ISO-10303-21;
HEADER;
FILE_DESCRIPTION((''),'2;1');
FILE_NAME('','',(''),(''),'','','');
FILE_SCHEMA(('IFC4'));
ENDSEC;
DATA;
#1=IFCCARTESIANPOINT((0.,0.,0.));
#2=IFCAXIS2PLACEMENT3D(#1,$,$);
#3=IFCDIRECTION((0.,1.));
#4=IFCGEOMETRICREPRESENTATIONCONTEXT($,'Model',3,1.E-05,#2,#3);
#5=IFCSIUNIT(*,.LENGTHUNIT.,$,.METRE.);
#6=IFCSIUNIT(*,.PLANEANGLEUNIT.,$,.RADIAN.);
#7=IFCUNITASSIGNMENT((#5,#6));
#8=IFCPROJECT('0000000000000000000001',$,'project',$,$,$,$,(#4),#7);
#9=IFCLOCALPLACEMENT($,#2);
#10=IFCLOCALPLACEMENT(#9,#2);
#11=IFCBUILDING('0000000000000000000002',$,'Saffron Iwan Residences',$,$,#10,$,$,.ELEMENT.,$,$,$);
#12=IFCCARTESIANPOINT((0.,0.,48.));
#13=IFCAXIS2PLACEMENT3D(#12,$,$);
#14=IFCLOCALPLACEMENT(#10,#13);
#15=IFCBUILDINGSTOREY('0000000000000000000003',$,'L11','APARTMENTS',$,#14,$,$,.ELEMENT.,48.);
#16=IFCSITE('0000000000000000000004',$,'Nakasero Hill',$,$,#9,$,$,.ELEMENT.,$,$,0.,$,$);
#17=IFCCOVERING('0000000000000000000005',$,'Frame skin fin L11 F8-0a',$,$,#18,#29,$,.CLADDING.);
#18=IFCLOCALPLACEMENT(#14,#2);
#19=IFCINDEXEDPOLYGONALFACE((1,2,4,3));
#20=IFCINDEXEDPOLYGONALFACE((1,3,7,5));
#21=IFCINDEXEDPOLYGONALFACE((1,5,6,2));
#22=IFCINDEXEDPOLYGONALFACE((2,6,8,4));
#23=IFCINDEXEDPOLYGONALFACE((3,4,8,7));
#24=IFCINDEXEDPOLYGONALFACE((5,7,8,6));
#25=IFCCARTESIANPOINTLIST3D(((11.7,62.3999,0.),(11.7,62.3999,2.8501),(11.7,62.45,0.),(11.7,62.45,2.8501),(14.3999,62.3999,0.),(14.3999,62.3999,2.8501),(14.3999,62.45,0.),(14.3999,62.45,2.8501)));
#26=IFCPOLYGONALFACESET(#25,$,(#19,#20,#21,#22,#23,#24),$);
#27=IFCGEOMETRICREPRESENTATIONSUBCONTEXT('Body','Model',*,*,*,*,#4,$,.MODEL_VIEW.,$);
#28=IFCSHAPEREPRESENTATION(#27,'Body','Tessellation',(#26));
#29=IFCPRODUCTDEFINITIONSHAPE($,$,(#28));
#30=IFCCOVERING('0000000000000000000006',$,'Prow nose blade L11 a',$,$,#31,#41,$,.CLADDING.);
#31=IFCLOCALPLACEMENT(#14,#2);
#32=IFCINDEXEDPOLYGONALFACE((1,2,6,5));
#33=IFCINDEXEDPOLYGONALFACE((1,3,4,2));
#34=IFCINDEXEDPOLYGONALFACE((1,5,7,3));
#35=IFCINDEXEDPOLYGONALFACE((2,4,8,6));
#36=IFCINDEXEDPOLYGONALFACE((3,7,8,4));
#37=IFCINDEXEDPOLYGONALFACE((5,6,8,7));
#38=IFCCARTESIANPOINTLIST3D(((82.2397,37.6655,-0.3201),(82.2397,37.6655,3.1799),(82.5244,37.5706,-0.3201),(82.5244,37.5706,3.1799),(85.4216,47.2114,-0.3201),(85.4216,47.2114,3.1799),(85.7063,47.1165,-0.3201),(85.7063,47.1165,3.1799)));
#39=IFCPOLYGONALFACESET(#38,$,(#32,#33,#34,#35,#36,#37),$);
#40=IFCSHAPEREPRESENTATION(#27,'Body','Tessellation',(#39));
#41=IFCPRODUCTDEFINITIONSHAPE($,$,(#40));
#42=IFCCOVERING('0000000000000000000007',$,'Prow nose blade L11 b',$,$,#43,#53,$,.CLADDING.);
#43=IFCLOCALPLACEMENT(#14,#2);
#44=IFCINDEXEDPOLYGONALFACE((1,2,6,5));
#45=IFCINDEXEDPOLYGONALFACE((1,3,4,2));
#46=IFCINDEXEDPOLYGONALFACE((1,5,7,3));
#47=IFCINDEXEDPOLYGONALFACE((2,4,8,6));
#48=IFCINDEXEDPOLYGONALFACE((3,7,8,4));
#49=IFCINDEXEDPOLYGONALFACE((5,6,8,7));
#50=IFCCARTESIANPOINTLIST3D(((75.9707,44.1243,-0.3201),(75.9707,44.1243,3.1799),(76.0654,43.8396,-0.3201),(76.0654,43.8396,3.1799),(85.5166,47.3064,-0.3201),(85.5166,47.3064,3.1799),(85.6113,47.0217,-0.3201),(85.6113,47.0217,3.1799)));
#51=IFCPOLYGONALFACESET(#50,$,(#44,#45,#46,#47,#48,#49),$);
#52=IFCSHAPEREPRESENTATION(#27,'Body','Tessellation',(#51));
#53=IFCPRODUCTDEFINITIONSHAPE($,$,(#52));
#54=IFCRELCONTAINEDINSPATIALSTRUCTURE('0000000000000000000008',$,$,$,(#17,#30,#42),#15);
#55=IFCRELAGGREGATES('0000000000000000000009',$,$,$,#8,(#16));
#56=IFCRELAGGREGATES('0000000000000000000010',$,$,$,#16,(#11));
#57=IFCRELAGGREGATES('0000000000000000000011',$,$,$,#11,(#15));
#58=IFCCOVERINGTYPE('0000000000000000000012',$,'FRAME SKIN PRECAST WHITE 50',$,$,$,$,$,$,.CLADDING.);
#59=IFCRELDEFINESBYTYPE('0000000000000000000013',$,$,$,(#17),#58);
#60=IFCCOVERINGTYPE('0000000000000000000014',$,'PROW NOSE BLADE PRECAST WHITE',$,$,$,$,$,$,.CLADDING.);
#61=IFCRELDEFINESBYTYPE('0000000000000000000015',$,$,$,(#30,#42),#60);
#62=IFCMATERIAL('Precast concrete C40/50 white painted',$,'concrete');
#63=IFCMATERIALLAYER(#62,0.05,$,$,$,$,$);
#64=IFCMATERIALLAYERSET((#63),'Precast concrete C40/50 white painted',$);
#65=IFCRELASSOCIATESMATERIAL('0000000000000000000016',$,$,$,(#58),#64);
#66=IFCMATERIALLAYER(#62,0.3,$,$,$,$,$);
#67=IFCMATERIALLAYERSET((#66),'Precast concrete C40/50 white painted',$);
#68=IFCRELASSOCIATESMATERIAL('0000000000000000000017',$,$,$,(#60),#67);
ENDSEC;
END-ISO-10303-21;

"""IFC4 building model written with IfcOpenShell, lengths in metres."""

from ifc_helpers import new_model, si_unit, direction, frame, origin, place, context, subcontext, project, spatial, polyline, outline, extrude, material, layer, layer_set, type_object, element, save


model = new_model("IFC4")

# Units and contexts
model_context = context("Model", 3, precision=1e-05, world=origin(), true_north=direction((0.0, 1.0)))
body_context = subcontext(model_context, "Body", "Model", "MODEL_VIEW")
ifc_project = project(units=[si_unit("LENGTHUNIT", "METRE"), si_unit("PLANEANGLEUNIT", "RADIAN")], contexts=[model_context])

# Site, building, storey
site_placement = place(None, origin())
site = spatial("IfcSite", under=ifc_project, at=site_placement, Name="Nakasero Hill", CompositionType="ELEMENT", RefElevation=0.0)
building_placement = place(site_placement, origin())
building = spatial("IfcBuilding", under=site, at=building_placement, Name="Saffron Iwan Residences", CompositionType="ELEMENT")
storey_placement = place(building_placement, frame((0.0, 0.0, 48.0)))
storey = spatial("IfcBuildingStorey", under=building, at=storey_placement, Name="L11", Description="APARTMENTS", CompositionType="ELEMENT", Elevation=48.0)

# Coverings
ifc_material_1 = material(Name="Precast concrete C40/50 white painted", Category="concrete")
ifc_layer_1 = layer(ifc_material_1, 0.05)
ifc_layer_set_1 = layer_set([ifc_layer_1], Name="Precast concrete C40/50 white painted")
covering_type_1 = type_object("IfcCoveringType", Name="FRAME SKIN PRECAST WHITE 50", PredefinedType="CLADDING", material=ifc_layer_set_1)
covering_1_placement = place(storey_placement, origin())
element("IfcCovering", 1, at=covering_1_placement, inside=storey, type_object=covering_type_1, Name="Frame skin fin L11 F8-0a", PredefinedType="CLADDING", context=body_context, shape_type="SweptSolid", body=[
    extrude(outline(polyline([(11.7, 62.45), (11.7, 62.3999), (14.3999, 62.3999), (14.3999, 62.45), (11.7, 62.45)])), origin(), (0.0, 0.0, 1.0), 2.8501),
])
ifc_layer_2 = layer(ifc_material_1, 0.3)
ifc_layer_set_2 = layer_set([ifc_layer_2], Name="Precast concrete C40/50 white painted")
covering_type_2 = type_object("IfcCoveringType", Name="PROW NOSE BLADE PRECAST WHITE", PredefinedType="CLADDING", material=ifc_layer_set_2)
covering_2_placement = place(storey_placement, frame((0.0, 0.0, -0.3201)))
element("IfcCovering", 2, at=covering_2_placement, inside=storey, type_object=covering_type_2, Name="Prow nose blade L11 a", PredefinedType="CLADDING", context=body_context, shape_type="SweptSolid", body=[
    extrude(outline(polyline([(82.5244, 37.5706), (85.7063, 47.1165), (85.4216, 47.2114), (82.2397, 37.6655), (82.5244, 37.5706)])), origin(), (0.0, 0.0, 1.0), 3.5),
])
covering_3_placement = place(storey_placement, frame((0.0, 0.0, -0.3201)))
element("IfcCovering", 3, at=covering_3_placement, inside=storey, type_object=covering_type_2, Name="Prow nose blade L11 b", PredefinedType="CLADDING", context=body_context, shape_type="SweptSolid", body=[
    extrude(outline(polyline([(76.0654, 43.8396), (85.6113, 47.0217), (85.5166, 47.3064), (75.9707, 44.1243), (76.0654, 43.8396)])), origin(), (0.0, 0.0, 1.0), 3.5),
])

save(model, "model.ifc")
